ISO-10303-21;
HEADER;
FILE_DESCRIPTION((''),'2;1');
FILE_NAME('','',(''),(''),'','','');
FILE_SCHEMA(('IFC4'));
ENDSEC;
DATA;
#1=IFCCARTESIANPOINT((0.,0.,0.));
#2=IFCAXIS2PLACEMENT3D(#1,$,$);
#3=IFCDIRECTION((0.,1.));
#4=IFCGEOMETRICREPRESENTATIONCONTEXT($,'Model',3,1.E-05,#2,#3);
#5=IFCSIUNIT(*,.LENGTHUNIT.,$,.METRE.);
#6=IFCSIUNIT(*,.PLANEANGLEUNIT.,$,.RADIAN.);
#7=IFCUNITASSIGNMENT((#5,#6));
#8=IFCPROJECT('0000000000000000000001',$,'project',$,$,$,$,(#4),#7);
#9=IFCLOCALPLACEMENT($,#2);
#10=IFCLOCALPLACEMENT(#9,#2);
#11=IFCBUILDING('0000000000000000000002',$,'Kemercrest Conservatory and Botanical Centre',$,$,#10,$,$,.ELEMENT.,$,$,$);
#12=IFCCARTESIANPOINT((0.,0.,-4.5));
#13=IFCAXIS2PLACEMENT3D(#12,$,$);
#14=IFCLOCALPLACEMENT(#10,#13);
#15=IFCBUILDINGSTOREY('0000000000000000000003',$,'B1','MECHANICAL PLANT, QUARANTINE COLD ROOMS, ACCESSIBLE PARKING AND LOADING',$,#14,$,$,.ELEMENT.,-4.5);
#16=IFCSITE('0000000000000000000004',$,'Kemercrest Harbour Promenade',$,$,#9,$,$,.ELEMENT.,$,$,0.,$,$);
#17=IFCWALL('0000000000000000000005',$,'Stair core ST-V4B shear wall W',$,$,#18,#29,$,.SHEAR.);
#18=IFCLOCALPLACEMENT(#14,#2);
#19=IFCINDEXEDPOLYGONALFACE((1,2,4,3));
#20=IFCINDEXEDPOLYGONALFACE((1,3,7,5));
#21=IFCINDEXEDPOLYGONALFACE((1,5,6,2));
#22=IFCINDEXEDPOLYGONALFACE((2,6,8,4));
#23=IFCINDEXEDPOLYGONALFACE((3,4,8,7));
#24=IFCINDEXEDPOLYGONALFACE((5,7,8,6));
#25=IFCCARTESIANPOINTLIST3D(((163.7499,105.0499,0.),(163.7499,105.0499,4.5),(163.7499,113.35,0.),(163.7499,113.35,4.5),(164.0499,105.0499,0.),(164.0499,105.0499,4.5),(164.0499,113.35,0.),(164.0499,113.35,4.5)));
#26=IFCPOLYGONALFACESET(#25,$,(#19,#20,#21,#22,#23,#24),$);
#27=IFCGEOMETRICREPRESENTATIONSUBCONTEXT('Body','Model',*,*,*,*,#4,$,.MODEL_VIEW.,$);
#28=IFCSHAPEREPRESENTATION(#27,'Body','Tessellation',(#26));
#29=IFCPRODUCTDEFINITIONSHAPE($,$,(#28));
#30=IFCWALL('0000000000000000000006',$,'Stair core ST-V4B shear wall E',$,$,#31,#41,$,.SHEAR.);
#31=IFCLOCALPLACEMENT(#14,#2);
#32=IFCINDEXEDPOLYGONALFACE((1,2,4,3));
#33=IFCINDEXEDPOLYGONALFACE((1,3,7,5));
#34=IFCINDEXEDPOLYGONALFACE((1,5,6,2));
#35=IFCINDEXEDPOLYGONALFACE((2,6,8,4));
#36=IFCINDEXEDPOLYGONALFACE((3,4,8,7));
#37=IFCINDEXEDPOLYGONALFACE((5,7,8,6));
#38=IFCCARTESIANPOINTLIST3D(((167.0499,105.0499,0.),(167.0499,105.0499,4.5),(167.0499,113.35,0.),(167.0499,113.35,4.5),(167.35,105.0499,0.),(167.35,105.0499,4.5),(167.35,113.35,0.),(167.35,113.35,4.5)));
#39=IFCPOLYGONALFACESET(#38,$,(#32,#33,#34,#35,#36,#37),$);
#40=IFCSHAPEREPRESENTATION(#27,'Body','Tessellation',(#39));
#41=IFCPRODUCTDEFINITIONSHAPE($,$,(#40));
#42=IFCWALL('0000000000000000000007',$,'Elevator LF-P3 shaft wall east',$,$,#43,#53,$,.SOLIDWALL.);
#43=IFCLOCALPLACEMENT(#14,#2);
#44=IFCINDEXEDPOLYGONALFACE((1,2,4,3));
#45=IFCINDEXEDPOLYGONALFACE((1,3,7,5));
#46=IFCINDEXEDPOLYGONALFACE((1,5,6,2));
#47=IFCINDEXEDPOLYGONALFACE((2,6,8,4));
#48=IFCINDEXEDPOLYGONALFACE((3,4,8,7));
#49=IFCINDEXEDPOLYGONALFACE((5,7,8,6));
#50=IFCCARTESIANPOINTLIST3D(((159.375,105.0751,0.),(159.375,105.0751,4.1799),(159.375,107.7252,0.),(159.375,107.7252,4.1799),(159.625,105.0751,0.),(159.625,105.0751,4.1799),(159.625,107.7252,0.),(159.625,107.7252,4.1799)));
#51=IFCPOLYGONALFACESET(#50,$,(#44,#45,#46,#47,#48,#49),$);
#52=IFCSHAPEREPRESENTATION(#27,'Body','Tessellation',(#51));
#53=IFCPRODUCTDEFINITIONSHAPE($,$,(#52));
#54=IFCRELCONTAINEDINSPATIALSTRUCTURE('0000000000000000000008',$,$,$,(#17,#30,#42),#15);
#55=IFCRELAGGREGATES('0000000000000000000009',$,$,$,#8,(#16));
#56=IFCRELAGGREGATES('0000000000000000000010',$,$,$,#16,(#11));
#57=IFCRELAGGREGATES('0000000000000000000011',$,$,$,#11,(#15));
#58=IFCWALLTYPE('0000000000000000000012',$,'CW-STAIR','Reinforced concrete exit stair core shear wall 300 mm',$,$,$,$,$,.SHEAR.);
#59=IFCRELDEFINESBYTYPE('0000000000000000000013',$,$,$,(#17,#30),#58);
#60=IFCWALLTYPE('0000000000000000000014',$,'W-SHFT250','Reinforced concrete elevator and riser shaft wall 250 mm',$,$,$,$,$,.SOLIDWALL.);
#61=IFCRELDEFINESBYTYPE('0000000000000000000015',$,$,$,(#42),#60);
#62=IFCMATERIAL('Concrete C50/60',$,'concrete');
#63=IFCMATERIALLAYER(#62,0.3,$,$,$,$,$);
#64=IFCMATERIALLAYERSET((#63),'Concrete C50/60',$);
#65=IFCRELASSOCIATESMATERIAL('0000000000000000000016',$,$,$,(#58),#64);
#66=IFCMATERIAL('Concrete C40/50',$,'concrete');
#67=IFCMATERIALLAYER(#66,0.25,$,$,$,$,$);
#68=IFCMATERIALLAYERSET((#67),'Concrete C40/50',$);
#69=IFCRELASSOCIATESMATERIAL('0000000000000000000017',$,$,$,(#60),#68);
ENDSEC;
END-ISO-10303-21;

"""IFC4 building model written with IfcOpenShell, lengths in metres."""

from ifc_helpers import new_model, si_unit, direction, frame, frame_2d, origin, place, context, subcontext, project, spatial, rectangle, extrude, material, layer, layer_set, type_object, element, save


model = new_model("IFC4")

# Units and contexts
model_context = context("Model", 3, precision=1e-05, world=origin(), true_north=direction((0.0, 1.0)))
body_context = subcontext(model_context, "Body", "Model", "MODEL_VIEW")
ifc_project = project(units=[si_unit("LENGTHUNIT", "METRE"), si_unit("PLANEANGLEUNIT", "RADIAN")], contexts=[model_context])

# Site, building, storey
site_placement = place(None, origin())
site = spatial("IfcSite", under=ifc_project, at=site_placement, Name="Kemercrest Harbour Promenade", CompositionType="ELEMENT", RefElevation=0.0)
building_placement = place(site_placement, origin())
building = spatial("IfcBuilding", under=site, at=building_placement, Name="Kemercrest Conservatory and Botanical Centre", CompositionType="ELEMENT")
storey_placement = place(building_placement, frame((0.0, 0.0, -4.5)))
storey = spatial("IfcBuildingStorey", under=building, at=storey_placement, Name="B1", Description="MECHANICAL PLANT, QUARANTINE COLD ROOMS, ACCESSIBLE PARKING AND LOADING", CompositionType="ELEMENT", Elevation=-4.5)

# Shared definitions
ifc_material_1 = material(Name="Concrete C40/50", Category="concrete")

# Shared definitions
ifc_material_2 = material(Name="Concrete C50/60", Category="concrete")

# Walls
ifc_layer_1 = layer(ifc_material_2, 0.3)
ifc_layer_set_1 = layer_set([ifc_layer_1], Name="Concrete C50/60")
wall_type_1 = type_object("IfcWallType", Name="CW-STAIR", Description="Reinforced concrete exit stair core shear wall 300 mm", PredefinedType="SHEAR", material=ifc_layer_set_1)
for number, where, z_axis, x_axis, name in (
    (1, (163.8999, 105.05, 0.0), (0.0, 0.0, 1.0), (0.0, 1.0, 0.0), "Stair core ST-V4B shear wall W"),
    (2, (167.2, 105.05, 0.0), (0.0, 0.0, 1.0), (0.0, 1.0, 0.0), "Stair core ST-V4B shear wall E"),
):
    element("IfcWall", number, at=place(storey_placement, frame(where, z_axis=z_axis, x_axis=x_axis)), inside=storey, type_object=wall_type_1, Name=name, PredefinedType="SHEAR", context=body_context, shape_type="SweptSolid", body=[
        extrude(rectangle(XDim=8.3, YDim=0.3, at=frame_2d((4.1499, 0.0))), origin(), (0.0, 0.0, 1.0), 4.5),
    ])
ifc_layer_2 = layer(ifc_material_1, 0.25)
ifc_layer_set_2 = layer_set([ifc_layer_2], Name="Concrete C40/50")
wall_type_2 = type_object("IfcWallType", Name="W-SHFT250", Description="Reinforced concrete elevator and riser shaft wall 250 mm", PredefinedType="SOLIDWALL", material=ifc_layer_set_2)
wall_placement = place(storey_placement, frame((159.5, 105.075, 0.0), z_axis=(0.0, 0.0, 1.0), x_axis=(0.0, 1.0, 0.0)))
element("IfcWall", 3, at=wall_placement, inside=storey, type_object=wall_type_2, Name="Elevator LF-P3 shaft wall east", PredefinedType="SOLIDWALL", context=body_context, shape_type="SweptSolid", body=[
    extrude(rectangle(XDim=2.6501, YDim=0.25, at=frame_2d((1.3252, 0.0))), origin(), (0.0, 0.0, 1.0), 4.1799),
])

save(model, "model.ifc")
